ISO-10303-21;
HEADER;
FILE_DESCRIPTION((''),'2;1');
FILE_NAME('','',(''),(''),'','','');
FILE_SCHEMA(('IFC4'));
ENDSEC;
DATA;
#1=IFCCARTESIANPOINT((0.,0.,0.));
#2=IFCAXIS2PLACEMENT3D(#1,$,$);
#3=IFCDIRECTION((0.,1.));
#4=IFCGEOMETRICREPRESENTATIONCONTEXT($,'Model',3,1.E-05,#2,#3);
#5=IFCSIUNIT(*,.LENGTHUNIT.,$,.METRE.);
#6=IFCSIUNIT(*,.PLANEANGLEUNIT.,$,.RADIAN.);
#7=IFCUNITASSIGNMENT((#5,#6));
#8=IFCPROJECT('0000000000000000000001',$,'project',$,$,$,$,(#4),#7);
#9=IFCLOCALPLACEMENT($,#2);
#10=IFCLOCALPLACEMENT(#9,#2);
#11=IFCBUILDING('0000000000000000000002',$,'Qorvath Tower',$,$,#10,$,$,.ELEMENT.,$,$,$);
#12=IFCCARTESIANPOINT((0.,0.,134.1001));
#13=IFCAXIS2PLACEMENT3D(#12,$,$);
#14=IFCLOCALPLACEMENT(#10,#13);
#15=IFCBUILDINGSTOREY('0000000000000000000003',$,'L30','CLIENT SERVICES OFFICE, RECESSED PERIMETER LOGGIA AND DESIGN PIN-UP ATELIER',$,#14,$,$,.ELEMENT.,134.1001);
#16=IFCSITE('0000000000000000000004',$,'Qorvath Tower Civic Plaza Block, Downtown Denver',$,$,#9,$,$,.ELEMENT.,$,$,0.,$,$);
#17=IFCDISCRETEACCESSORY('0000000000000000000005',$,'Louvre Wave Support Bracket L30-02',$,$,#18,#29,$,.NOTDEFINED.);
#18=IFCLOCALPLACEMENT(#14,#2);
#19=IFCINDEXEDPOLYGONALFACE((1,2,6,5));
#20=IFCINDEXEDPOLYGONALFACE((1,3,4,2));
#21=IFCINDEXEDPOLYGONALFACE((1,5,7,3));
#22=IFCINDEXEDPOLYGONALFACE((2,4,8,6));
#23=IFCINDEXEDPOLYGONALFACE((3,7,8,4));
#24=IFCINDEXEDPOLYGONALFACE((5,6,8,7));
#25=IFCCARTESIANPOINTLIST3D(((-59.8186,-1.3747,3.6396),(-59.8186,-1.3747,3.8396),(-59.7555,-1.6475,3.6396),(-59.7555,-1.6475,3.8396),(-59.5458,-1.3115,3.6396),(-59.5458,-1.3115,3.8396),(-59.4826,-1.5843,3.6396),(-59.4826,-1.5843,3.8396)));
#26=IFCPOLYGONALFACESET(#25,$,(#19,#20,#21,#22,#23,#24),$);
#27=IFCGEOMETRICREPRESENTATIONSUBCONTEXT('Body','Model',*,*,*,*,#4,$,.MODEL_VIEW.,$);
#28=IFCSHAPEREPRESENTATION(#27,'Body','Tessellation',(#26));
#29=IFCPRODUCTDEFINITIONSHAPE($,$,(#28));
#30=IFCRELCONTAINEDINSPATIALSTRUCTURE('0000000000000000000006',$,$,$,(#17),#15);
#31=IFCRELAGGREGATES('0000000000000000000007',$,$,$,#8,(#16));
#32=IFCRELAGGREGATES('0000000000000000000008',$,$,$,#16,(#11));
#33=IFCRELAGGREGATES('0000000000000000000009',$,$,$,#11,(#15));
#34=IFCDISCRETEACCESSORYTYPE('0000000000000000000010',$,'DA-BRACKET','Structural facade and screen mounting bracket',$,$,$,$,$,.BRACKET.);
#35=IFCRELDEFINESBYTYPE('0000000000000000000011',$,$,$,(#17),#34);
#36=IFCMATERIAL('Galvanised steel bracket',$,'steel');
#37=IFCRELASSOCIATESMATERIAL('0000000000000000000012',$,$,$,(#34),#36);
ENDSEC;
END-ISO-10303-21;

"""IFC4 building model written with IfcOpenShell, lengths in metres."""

from ifc_helpers import new_model, si_unit, direction, frame, origin, origin_2d, place, context, subcontext, project, spatial, rectangle, extrude, material, type_object, element, save


model = new_model("IFC4")

# Units and contexts
model_context = context("Model", 3, precision=1e-05, world=origin(), true_north=direction((0.0, 1.0)))
body_context = subcontext(model_context, "Body", "Model", "MODEL_VIEW")
ifc_project = project(units=[si_unit("LENGTHUNIT", "METRE"), si_unit("PLANEANGLEUNIT", "RADIAN")], contexts=[model_context])

# Site, building, storey
site_placement = place(None, origin())
site = spatial("IfcSite", under=ifc_project, at=site_placement, Name="Qorvath Tower Civic Plaza Block, Downtown Denver", CompositionType="ELEMENT", RefElevation=0.0)
building_placement = place(site_placement, origin())
building = spatial("IfcBuilding", under=site, at=building_placement, Name="Qorvath Tower", CompositionType="ELEMENT")
storey_placement = place(building_placement, frame((0.0, 0.0, 134.1001)))
storey = spatial("IfcBuildingStorey", under=building, at=storey_placement, Name="L30", Description="CLIENT SERVICES OFFICE, RECESSED PERIMETER LOGGIA AND DESIGN PIN-UP ATELIER", CompositionType="ELEMENT", Elevation=134.1001)

# Discrete accessory
ifc_material_1 = material(Name="Galvanised steel bracket", Category="steel")
discrete_accessory_type = type_object("IfcDiscreteAccessoryType", Name="DA-BRACKET", Description="Structural facade and screen mounting bracket", PredefinedType="BRACKET", material=ifc_material_1)
discrete_accessory_placement = place(storey_placement, frame((-59.6506, -1.4795, 3.6396), z_axis=(0.0, 0.0, 1.0), x_axis=(0.225579, -0.974225, 0.0)))
element("IfcDiscreteAccessory", 1, at=discrete_accessory_placement, inside=storey, type_object=discrete_accessory_type, Name="Louvre Wave Support Bracket L30-02", PredefinedType="NOTDEFINED", context=body_context, shape_type="SweptSolid", body=[
    extrude(rectangle(XDim=0.28, YDim=0.28, at=origin_2d()), origin(), (0.0, 0.0, 1.0), 0.2),
])

save(model, "model.ifc")
